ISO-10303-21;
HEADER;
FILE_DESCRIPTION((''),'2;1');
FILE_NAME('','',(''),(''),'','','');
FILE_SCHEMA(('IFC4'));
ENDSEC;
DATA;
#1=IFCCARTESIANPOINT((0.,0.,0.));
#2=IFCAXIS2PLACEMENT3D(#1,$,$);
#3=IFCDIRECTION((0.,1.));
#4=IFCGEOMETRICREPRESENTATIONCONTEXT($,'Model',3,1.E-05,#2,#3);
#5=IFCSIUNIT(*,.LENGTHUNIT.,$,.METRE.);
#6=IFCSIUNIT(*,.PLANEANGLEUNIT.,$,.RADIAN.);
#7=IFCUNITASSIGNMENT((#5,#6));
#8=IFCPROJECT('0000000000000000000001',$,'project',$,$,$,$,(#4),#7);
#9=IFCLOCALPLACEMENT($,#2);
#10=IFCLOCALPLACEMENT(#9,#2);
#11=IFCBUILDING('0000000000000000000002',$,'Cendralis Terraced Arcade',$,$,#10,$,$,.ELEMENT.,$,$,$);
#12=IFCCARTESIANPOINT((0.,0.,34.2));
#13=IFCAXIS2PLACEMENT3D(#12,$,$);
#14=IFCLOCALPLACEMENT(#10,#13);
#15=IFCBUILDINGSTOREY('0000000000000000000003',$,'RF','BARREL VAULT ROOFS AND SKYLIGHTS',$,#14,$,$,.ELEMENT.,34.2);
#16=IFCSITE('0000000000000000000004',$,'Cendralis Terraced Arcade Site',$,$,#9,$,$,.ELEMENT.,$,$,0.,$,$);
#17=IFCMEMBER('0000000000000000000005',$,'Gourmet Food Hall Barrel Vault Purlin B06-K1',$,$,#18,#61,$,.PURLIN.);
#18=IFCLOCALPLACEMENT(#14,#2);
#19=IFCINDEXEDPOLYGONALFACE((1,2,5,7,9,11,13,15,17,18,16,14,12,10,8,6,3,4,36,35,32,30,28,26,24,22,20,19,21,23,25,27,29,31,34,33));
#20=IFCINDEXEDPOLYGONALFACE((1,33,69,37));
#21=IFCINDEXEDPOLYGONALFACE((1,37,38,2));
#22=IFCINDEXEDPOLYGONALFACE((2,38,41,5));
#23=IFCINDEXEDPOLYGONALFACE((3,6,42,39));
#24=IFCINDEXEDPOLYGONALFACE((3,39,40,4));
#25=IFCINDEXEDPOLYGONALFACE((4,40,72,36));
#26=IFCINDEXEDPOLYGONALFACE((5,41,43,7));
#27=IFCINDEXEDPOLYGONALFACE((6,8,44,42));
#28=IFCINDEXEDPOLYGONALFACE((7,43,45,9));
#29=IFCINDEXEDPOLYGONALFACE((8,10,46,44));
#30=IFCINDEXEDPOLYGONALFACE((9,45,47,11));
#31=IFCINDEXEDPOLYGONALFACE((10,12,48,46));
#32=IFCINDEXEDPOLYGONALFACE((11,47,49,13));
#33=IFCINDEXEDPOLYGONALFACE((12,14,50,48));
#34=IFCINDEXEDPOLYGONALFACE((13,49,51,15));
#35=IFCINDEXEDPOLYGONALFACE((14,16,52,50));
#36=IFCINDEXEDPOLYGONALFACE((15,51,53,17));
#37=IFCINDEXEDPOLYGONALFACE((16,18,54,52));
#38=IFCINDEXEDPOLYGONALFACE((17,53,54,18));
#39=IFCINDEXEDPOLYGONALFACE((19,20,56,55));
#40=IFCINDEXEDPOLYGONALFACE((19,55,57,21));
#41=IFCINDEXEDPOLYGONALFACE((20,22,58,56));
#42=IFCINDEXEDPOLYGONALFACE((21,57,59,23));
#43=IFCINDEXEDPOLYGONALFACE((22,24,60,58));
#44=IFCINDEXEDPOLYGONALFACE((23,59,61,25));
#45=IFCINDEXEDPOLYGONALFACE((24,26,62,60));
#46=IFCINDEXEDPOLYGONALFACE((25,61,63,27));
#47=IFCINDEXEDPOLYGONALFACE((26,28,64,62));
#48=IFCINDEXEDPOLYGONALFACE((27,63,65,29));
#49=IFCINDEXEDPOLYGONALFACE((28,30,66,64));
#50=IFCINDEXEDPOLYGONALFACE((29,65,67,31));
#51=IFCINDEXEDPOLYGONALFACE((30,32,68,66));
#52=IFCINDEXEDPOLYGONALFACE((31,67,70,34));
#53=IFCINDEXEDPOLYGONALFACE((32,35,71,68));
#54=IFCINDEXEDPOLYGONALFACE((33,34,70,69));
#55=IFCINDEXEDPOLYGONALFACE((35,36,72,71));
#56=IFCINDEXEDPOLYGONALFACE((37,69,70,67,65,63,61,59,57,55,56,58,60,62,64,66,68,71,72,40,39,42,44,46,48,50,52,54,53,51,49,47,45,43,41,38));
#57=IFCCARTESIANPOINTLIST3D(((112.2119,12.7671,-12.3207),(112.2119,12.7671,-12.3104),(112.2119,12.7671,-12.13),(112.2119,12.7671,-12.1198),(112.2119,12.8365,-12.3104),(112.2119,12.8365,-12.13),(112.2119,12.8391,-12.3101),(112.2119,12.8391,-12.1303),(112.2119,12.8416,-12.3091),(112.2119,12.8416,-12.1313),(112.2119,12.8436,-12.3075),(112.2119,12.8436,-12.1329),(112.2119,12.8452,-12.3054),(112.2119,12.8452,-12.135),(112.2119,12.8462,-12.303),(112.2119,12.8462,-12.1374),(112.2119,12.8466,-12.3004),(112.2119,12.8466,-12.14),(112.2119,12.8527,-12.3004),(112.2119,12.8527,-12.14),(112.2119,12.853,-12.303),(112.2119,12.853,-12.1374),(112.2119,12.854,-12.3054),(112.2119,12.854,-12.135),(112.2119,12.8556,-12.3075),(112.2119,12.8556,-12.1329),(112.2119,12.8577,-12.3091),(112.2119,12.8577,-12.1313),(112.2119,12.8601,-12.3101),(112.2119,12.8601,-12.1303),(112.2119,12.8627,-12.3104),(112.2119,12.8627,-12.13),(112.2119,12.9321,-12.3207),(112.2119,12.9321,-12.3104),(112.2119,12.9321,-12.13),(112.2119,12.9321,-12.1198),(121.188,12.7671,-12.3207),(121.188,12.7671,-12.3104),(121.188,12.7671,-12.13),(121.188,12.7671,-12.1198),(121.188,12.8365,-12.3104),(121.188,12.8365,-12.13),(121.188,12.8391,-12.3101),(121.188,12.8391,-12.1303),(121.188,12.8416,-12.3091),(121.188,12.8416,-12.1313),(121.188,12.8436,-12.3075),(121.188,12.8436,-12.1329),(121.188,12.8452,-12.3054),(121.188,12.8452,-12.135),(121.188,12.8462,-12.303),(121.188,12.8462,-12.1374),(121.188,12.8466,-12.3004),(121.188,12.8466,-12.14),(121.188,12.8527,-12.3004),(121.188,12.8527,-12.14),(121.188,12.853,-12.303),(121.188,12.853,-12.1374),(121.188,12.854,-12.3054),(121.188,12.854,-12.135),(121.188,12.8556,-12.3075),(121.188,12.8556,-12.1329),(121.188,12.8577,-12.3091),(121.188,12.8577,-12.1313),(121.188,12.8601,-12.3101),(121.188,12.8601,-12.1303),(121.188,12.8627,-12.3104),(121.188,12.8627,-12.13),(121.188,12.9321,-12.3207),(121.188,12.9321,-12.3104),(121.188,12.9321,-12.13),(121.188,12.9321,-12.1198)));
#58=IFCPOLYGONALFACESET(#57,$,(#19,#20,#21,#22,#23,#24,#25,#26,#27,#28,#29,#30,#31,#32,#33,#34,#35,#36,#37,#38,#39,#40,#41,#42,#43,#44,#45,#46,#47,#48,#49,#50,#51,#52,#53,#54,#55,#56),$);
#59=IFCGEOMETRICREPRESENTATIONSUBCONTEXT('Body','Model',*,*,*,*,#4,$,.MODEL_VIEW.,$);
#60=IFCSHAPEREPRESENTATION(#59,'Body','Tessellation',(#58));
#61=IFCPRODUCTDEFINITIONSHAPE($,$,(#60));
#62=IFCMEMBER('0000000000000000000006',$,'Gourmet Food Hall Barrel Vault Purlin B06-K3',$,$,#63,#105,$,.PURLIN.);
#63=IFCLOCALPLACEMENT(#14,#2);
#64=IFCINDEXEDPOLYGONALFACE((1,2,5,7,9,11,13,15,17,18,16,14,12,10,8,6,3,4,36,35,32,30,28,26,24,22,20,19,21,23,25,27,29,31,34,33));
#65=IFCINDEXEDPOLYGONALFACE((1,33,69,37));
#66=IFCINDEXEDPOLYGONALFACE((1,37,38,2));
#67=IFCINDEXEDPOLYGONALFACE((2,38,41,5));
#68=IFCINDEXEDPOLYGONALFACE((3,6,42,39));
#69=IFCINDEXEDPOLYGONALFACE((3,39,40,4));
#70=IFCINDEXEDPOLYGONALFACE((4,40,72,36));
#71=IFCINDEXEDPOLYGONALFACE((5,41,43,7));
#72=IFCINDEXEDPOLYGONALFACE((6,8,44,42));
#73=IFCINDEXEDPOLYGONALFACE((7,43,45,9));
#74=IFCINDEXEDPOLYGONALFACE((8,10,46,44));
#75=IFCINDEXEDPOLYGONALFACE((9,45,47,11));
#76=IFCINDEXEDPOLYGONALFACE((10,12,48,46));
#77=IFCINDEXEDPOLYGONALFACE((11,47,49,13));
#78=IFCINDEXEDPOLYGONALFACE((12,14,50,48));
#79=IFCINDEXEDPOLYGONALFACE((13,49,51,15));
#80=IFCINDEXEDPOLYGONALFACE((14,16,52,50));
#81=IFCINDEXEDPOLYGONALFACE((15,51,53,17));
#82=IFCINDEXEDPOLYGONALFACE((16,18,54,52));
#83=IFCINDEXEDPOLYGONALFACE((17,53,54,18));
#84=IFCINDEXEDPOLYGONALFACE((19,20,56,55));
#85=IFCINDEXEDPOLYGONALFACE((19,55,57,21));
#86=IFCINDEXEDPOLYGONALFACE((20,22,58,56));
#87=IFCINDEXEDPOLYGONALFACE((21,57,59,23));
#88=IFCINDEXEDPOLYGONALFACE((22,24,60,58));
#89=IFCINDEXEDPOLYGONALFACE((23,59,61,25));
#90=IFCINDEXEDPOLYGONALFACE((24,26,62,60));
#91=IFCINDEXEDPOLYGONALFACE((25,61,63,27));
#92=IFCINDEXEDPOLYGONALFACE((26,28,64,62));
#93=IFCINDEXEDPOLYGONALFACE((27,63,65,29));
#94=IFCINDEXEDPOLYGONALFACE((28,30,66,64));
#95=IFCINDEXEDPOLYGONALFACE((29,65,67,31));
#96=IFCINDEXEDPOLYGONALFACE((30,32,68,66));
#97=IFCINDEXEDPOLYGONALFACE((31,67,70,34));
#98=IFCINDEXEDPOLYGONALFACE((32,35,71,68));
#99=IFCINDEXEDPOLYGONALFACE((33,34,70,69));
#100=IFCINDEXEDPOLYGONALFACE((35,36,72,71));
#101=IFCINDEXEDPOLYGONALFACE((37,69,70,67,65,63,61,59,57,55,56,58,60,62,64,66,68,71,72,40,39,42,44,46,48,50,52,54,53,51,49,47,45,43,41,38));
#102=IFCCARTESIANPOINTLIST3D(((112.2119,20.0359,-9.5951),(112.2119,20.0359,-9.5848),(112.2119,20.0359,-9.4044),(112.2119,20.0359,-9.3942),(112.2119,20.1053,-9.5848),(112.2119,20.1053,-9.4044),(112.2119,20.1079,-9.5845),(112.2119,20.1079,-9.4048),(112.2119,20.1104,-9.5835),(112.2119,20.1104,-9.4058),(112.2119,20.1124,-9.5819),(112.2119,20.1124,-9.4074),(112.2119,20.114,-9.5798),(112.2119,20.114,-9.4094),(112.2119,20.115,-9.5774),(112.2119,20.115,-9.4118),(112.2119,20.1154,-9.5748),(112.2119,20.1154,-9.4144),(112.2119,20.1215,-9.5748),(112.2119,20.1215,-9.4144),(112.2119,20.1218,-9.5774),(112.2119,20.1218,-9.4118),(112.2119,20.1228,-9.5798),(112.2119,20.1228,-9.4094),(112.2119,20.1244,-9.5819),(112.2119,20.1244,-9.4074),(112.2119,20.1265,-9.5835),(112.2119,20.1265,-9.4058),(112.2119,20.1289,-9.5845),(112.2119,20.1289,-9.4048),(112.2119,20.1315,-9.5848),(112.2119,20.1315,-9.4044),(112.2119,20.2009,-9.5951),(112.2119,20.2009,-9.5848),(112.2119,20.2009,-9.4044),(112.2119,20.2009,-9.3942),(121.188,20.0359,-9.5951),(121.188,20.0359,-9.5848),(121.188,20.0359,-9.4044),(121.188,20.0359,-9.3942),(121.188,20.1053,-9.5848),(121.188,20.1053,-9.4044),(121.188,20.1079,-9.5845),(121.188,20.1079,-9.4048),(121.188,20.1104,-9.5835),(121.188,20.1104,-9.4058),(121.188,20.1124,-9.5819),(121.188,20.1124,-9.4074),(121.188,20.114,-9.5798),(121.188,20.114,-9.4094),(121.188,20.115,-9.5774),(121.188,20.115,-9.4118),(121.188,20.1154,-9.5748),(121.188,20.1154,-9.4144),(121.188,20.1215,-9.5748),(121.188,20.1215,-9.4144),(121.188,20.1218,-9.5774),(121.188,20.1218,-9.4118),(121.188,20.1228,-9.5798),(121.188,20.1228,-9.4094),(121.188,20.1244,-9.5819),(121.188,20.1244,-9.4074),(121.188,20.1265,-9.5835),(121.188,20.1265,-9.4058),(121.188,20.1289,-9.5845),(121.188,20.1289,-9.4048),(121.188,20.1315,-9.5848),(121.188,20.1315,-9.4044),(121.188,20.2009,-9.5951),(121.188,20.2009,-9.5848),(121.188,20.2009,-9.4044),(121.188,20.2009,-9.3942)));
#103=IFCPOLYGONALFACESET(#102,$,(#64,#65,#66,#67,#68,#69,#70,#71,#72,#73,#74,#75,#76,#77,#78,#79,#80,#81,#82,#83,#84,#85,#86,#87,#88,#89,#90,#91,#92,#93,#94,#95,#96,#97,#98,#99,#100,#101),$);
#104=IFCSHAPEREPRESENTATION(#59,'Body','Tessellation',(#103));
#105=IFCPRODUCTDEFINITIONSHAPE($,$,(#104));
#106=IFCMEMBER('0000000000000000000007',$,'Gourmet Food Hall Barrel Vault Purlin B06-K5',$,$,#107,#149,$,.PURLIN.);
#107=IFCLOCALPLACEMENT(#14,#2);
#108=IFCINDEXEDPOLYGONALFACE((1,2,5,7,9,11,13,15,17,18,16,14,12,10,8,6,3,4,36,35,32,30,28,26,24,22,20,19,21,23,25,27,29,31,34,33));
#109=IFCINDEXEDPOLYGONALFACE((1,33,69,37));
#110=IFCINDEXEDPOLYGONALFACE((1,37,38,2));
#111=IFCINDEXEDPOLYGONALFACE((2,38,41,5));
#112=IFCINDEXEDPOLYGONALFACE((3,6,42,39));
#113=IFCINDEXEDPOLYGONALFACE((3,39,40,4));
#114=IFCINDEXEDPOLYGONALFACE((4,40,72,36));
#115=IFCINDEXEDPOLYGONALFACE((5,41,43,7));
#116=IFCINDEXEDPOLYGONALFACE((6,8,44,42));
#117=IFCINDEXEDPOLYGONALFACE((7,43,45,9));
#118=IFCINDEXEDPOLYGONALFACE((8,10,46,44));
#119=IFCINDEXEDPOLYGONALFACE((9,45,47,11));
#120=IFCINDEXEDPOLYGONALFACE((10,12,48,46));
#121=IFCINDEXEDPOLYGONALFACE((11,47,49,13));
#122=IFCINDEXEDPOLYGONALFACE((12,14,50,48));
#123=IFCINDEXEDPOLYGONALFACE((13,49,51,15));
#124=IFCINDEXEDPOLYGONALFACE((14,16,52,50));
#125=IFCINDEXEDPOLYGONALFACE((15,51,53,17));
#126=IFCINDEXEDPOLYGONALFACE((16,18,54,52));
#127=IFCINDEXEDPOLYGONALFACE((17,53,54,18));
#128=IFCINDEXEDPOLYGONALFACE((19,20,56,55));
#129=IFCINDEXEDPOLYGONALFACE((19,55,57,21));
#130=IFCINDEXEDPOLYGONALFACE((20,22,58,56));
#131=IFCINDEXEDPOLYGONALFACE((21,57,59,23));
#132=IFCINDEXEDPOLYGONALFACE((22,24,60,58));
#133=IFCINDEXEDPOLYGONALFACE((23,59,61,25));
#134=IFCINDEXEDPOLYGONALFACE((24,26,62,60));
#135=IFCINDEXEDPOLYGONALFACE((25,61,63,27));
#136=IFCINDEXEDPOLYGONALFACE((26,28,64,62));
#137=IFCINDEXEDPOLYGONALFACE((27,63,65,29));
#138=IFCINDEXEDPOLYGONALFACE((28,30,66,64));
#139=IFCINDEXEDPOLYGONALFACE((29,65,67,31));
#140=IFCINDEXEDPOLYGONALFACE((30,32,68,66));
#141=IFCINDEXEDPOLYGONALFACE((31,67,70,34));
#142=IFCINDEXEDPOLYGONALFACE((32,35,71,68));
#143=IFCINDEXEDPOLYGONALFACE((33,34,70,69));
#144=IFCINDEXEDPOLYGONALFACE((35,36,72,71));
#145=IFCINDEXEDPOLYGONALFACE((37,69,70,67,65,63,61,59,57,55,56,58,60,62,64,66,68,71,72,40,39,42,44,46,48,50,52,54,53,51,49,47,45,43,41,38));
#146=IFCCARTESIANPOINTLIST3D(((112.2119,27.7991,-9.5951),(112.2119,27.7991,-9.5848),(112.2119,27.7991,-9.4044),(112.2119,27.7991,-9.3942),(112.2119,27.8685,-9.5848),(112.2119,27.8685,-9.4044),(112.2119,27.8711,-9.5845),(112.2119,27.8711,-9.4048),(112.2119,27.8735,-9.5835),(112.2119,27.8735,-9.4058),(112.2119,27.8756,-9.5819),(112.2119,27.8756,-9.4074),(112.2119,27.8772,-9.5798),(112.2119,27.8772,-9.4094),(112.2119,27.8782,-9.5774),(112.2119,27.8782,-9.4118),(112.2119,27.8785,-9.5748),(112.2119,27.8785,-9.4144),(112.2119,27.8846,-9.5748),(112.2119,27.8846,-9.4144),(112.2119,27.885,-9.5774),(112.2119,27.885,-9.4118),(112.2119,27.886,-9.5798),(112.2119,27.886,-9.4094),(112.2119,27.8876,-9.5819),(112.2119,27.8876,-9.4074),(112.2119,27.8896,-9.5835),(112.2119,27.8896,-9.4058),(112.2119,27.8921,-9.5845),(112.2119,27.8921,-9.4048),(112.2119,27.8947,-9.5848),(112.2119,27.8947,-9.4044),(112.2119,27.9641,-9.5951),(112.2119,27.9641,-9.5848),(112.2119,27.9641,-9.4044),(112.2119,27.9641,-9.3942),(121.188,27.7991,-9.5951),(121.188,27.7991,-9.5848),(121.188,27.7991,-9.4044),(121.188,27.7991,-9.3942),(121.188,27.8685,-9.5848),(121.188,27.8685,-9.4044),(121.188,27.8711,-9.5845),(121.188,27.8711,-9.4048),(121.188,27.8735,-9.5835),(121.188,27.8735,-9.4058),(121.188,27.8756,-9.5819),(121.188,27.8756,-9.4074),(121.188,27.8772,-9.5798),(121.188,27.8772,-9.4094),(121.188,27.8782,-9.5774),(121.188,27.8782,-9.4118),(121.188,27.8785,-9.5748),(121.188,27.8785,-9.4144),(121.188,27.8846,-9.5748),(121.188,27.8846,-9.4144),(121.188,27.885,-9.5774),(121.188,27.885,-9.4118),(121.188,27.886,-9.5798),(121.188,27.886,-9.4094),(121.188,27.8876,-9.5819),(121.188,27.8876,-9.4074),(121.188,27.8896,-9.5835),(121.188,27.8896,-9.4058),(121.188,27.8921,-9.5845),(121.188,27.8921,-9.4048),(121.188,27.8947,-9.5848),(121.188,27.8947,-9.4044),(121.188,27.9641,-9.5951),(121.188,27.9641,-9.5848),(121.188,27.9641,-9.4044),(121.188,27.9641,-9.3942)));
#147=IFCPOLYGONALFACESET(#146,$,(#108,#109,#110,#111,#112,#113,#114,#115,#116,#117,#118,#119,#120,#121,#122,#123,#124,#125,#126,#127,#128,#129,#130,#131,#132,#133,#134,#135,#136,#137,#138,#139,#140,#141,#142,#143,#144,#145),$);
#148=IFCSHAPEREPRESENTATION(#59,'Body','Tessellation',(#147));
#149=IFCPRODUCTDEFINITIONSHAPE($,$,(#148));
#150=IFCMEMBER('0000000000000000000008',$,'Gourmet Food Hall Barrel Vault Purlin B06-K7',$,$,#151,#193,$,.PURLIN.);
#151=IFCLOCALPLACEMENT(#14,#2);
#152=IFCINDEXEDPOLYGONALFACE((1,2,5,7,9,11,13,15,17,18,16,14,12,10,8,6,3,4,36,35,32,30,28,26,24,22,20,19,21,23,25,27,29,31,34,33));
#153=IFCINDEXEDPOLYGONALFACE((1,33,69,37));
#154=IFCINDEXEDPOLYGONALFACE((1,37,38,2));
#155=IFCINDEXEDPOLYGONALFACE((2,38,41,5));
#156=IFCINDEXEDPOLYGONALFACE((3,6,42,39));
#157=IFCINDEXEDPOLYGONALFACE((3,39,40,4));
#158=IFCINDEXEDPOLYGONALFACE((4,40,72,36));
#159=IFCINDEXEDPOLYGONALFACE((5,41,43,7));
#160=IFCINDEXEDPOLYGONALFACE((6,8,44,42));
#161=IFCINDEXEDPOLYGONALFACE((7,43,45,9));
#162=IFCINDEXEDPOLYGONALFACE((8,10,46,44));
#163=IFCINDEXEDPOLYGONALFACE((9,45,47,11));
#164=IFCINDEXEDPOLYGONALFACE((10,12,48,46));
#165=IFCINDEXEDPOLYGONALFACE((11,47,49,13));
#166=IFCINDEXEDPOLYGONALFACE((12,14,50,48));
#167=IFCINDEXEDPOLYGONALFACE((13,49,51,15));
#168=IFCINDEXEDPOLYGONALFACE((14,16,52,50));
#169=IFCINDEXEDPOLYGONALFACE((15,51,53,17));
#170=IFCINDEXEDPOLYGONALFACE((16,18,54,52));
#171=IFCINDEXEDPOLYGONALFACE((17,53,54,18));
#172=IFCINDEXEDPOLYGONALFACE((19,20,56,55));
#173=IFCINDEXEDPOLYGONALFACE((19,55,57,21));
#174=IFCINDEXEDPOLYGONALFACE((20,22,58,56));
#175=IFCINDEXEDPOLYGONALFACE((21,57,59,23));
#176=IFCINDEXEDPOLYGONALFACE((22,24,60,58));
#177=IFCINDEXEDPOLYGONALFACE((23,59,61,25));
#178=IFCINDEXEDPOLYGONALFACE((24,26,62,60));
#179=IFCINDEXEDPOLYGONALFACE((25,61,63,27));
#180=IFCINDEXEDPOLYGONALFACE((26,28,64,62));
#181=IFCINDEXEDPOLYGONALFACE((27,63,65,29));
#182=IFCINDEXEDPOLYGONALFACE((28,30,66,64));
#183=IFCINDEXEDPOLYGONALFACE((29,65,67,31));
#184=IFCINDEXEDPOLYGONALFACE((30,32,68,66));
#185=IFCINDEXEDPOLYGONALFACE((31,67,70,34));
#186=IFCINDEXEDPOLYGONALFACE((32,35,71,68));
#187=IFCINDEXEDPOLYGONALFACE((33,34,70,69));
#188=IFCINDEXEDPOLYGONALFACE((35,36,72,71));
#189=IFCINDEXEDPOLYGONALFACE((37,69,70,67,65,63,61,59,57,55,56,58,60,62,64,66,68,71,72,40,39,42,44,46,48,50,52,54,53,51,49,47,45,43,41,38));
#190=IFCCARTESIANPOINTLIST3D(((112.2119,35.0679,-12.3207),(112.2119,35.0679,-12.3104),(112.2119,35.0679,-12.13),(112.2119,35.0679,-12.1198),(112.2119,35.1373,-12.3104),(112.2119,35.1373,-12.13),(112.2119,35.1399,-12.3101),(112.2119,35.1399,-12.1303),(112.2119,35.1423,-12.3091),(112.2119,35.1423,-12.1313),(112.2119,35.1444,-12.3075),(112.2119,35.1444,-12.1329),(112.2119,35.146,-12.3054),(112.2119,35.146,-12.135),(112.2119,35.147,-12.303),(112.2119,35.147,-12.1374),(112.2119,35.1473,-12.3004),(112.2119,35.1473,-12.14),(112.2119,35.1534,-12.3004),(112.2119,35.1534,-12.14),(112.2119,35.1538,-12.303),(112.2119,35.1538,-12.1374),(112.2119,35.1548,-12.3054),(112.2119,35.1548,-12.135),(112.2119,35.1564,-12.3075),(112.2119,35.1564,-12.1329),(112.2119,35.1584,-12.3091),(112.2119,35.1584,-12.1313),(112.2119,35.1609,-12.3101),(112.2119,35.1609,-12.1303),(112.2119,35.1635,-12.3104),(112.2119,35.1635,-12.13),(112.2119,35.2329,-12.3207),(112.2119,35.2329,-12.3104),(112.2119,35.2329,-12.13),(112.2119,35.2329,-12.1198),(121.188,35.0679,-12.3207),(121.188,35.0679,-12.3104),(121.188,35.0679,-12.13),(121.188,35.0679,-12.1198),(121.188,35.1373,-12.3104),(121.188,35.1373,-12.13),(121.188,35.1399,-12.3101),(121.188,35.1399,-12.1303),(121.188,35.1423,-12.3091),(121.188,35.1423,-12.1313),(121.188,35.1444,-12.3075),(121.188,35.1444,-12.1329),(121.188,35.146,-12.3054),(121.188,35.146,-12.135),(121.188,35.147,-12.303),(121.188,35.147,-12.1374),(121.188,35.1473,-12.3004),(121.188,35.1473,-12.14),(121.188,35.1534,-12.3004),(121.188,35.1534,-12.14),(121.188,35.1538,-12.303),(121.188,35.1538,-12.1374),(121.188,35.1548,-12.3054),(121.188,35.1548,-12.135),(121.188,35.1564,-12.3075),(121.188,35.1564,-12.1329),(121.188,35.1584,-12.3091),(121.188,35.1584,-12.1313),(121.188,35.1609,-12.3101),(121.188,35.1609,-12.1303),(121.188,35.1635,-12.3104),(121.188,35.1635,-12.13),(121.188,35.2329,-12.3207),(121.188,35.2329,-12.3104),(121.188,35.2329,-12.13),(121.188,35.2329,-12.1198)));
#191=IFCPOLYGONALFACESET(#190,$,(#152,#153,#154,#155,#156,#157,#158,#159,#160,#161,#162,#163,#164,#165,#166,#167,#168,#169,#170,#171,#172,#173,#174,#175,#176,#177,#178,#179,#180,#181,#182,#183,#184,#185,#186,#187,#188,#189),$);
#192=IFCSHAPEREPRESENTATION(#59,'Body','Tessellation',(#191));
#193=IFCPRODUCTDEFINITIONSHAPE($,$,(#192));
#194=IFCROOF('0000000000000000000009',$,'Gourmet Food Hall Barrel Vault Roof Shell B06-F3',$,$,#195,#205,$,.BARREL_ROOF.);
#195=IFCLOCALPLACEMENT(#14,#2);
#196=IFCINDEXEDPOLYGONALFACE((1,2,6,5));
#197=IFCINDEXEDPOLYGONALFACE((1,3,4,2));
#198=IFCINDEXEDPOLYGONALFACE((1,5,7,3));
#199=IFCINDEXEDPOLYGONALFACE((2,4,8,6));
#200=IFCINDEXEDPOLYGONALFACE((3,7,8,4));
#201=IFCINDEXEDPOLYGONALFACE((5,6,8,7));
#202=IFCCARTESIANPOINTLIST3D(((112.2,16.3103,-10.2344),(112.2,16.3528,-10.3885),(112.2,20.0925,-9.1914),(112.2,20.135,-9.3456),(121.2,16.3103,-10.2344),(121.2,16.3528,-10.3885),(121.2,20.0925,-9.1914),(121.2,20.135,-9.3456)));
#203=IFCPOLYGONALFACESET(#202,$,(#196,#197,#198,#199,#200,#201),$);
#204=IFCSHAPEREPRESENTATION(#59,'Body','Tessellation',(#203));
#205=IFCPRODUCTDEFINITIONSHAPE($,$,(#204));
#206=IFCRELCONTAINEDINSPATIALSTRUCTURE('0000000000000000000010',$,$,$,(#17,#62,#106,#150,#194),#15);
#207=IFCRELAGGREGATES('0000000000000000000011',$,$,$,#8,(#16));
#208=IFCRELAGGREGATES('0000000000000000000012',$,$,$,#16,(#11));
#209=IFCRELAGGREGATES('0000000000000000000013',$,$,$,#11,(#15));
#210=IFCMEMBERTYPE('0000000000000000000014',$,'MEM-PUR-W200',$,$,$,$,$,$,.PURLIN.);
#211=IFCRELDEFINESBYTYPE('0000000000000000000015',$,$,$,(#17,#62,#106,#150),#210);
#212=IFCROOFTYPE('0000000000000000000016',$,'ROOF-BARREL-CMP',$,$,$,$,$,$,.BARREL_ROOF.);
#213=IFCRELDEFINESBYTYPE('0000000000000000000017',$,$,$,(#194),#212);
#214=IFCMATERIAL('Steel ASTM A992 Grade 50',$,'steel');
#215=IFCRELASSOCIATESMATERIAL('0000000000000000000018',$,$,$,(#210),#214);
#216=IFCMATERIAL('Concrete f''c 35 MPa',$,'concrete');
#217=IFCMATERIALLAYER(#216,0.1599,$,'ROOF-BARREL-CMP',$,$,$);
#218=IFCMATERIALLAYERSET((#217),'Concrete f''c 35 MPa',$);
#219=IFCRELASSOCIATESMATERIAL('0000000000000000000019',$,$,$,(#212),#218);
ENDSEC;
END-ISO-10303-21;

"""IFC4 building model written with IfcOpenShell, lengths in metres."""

from ifc_helpers import new_model, si_unit, direction, frame, origin, origin_2d, place, context, subcontext, project, spatial, polyline, i_section, outline, extrude, material, layer, layer_set, material_profile, profile_set, type_object, element, save


model = new_model("IFC4")

# Units and contexts
model_context = context("Model", 3, precision=1e-05, world=origin(), true_north=direction((0.0, 1.0)))
body_context = subcontext(model_context, "Body", "Model", "MODEL_VIEW")
ifc_project = project(units=[si_unit("LENGTHUNIT", "METRE"), si_unit("PLANEANGLEUNIT", "RADIAN")], contexts=[model_context])

# Site, building, storey
site_placement = place(None, origin())
site = spatial("IfcSite", under=ifc_project, at=site_placement, Name="Cendralis Terraced Arcade Site", CompositionType="ELEMENT", RefElevation=0.0)
building_placement = place(site_placement, origin())
building = spatial("IfcBuilding", under=site, at=building_placement, Name="Cendralis Terraced Arcade", CompositionType="ELEMENT")
storey_placement = place(building_placement, frame((0.0, 0.0, 34.2)))
storey = spatial("IfcBuildingStorey", under=building, at=storey_placement, Name="RF", Description="BARREL VAULT ROOFS AND SKYLIGHTS", CompositionType="ELEMENT", Elevation=34.2)

# Members
ifc_material_1 = material(Name="Steel ASTM A992 Grade 50", Category="steel")
ifc_material_profile_1 = material_profile(ifc_material_1, i_section(OverallWidth=0.165, OverallDepth=0.2009, WebThickness=0.0061, FlangeThickness=0.0103, FilletRadius=0.01, at=origin_2d()), Name="W200X35.9", Category="LoadBearing")
ifc_profile_set_1 = profile_set([ifc_material_profile_1], Name="Steel ASTM A992 Grade 50")
member_type_1 = type_object("IfcMemberType", Name="MEM-PUR-W200", PredefinedType="PURLIN", material=ifc_profile_set_1)
for number, where, z_axis, x_axis, name in (
    (1, (112.2119, 12.8496, -12.2202), (1.0, 0.0, 0.0), (0.0, 1.0, 0.0), "Gourmet Food Hall Barrel Vault Purlin B06-K1"),
    (2, (112.2119, 20.1184, -9.4946), (1.0, 0.0, 0.0), (0.0, 1.0, 0.0), "Gourmet Food Hall Barrel Vault Purlin B06-K3"),
    (3, (112.2119, 27.8816, -9.4946), (1.0, 0.0, 0.0), (0.0, 1.0, 0.0), "Gourmet Food Hall Barrel Vault Purlin B06-K5"),
    (4, (112.2119, 35.1504, -12.2202), (1.0, 0.0, 0.0), (0.0, 1.0, 0.0), "Gourmet Food Hall Barrel Vault Purlin B06-K7"),
):
    element("IfcMember", number, at=place(storey_placement, frame(where, z_axis=z_axis, x_axis=x_axis)), inside=storey, type_object=member_type_1, Name=name, PredefinedType="PURLIN", context=body_context, shape_type="SweptSolid", body=[
        extrude(i_section(OverallWidth=0.165, OverallDepth=0.2009, WebThickness=0.0061, FlangeThickness=0.0103, FilletRadius=0.01, at=origin_2d()), origin(), (0.0, 0.0, 1.0), 8.9761),
    ])

# Roof
ifc_material_2 = material(Name="Concrete f'c 35 MPa", Category="concrete")
ifc_layer = layer(ifc_material_2, 0.1599, Name="ROOF-BARREL-CMP")
ifc_layer_set = layer_set([ifc_layer], Name="Concrete f'c 35 MPa")
roof_type = type_object("IfcRoofType", Name="ROOF-BARREL-CMP", PredefinedType="BARREL_ROOF", material=ifc_layer_set)
roof_1_placement = place(storey_placement, frame((112.2, 16.3103, -10.2344), z_axis=(0.0, -0.265833, 0.964019), x_axis=(1.0, 0.0, 0.0)))
element("IfcRoof", 5, at=roof_1_placement, inside=storey, type_object=roof_type, Name="Gourmet Food Hall Barrel Vault Roof Shell B06-F3", PredefinedType="BARREL_ROOF", context=body_context, shape_type="SweptSolid", body=[
    extrude(outline(polyline([(0.0, 0.0), (9.0, 0.0), (9.0, 3.9234), (0.0, 3.9234), (0.0, 0.0)])), origin(), (0.0, 0.0, -1.0), 0.1599),
])

save(model, "model.ifc")
